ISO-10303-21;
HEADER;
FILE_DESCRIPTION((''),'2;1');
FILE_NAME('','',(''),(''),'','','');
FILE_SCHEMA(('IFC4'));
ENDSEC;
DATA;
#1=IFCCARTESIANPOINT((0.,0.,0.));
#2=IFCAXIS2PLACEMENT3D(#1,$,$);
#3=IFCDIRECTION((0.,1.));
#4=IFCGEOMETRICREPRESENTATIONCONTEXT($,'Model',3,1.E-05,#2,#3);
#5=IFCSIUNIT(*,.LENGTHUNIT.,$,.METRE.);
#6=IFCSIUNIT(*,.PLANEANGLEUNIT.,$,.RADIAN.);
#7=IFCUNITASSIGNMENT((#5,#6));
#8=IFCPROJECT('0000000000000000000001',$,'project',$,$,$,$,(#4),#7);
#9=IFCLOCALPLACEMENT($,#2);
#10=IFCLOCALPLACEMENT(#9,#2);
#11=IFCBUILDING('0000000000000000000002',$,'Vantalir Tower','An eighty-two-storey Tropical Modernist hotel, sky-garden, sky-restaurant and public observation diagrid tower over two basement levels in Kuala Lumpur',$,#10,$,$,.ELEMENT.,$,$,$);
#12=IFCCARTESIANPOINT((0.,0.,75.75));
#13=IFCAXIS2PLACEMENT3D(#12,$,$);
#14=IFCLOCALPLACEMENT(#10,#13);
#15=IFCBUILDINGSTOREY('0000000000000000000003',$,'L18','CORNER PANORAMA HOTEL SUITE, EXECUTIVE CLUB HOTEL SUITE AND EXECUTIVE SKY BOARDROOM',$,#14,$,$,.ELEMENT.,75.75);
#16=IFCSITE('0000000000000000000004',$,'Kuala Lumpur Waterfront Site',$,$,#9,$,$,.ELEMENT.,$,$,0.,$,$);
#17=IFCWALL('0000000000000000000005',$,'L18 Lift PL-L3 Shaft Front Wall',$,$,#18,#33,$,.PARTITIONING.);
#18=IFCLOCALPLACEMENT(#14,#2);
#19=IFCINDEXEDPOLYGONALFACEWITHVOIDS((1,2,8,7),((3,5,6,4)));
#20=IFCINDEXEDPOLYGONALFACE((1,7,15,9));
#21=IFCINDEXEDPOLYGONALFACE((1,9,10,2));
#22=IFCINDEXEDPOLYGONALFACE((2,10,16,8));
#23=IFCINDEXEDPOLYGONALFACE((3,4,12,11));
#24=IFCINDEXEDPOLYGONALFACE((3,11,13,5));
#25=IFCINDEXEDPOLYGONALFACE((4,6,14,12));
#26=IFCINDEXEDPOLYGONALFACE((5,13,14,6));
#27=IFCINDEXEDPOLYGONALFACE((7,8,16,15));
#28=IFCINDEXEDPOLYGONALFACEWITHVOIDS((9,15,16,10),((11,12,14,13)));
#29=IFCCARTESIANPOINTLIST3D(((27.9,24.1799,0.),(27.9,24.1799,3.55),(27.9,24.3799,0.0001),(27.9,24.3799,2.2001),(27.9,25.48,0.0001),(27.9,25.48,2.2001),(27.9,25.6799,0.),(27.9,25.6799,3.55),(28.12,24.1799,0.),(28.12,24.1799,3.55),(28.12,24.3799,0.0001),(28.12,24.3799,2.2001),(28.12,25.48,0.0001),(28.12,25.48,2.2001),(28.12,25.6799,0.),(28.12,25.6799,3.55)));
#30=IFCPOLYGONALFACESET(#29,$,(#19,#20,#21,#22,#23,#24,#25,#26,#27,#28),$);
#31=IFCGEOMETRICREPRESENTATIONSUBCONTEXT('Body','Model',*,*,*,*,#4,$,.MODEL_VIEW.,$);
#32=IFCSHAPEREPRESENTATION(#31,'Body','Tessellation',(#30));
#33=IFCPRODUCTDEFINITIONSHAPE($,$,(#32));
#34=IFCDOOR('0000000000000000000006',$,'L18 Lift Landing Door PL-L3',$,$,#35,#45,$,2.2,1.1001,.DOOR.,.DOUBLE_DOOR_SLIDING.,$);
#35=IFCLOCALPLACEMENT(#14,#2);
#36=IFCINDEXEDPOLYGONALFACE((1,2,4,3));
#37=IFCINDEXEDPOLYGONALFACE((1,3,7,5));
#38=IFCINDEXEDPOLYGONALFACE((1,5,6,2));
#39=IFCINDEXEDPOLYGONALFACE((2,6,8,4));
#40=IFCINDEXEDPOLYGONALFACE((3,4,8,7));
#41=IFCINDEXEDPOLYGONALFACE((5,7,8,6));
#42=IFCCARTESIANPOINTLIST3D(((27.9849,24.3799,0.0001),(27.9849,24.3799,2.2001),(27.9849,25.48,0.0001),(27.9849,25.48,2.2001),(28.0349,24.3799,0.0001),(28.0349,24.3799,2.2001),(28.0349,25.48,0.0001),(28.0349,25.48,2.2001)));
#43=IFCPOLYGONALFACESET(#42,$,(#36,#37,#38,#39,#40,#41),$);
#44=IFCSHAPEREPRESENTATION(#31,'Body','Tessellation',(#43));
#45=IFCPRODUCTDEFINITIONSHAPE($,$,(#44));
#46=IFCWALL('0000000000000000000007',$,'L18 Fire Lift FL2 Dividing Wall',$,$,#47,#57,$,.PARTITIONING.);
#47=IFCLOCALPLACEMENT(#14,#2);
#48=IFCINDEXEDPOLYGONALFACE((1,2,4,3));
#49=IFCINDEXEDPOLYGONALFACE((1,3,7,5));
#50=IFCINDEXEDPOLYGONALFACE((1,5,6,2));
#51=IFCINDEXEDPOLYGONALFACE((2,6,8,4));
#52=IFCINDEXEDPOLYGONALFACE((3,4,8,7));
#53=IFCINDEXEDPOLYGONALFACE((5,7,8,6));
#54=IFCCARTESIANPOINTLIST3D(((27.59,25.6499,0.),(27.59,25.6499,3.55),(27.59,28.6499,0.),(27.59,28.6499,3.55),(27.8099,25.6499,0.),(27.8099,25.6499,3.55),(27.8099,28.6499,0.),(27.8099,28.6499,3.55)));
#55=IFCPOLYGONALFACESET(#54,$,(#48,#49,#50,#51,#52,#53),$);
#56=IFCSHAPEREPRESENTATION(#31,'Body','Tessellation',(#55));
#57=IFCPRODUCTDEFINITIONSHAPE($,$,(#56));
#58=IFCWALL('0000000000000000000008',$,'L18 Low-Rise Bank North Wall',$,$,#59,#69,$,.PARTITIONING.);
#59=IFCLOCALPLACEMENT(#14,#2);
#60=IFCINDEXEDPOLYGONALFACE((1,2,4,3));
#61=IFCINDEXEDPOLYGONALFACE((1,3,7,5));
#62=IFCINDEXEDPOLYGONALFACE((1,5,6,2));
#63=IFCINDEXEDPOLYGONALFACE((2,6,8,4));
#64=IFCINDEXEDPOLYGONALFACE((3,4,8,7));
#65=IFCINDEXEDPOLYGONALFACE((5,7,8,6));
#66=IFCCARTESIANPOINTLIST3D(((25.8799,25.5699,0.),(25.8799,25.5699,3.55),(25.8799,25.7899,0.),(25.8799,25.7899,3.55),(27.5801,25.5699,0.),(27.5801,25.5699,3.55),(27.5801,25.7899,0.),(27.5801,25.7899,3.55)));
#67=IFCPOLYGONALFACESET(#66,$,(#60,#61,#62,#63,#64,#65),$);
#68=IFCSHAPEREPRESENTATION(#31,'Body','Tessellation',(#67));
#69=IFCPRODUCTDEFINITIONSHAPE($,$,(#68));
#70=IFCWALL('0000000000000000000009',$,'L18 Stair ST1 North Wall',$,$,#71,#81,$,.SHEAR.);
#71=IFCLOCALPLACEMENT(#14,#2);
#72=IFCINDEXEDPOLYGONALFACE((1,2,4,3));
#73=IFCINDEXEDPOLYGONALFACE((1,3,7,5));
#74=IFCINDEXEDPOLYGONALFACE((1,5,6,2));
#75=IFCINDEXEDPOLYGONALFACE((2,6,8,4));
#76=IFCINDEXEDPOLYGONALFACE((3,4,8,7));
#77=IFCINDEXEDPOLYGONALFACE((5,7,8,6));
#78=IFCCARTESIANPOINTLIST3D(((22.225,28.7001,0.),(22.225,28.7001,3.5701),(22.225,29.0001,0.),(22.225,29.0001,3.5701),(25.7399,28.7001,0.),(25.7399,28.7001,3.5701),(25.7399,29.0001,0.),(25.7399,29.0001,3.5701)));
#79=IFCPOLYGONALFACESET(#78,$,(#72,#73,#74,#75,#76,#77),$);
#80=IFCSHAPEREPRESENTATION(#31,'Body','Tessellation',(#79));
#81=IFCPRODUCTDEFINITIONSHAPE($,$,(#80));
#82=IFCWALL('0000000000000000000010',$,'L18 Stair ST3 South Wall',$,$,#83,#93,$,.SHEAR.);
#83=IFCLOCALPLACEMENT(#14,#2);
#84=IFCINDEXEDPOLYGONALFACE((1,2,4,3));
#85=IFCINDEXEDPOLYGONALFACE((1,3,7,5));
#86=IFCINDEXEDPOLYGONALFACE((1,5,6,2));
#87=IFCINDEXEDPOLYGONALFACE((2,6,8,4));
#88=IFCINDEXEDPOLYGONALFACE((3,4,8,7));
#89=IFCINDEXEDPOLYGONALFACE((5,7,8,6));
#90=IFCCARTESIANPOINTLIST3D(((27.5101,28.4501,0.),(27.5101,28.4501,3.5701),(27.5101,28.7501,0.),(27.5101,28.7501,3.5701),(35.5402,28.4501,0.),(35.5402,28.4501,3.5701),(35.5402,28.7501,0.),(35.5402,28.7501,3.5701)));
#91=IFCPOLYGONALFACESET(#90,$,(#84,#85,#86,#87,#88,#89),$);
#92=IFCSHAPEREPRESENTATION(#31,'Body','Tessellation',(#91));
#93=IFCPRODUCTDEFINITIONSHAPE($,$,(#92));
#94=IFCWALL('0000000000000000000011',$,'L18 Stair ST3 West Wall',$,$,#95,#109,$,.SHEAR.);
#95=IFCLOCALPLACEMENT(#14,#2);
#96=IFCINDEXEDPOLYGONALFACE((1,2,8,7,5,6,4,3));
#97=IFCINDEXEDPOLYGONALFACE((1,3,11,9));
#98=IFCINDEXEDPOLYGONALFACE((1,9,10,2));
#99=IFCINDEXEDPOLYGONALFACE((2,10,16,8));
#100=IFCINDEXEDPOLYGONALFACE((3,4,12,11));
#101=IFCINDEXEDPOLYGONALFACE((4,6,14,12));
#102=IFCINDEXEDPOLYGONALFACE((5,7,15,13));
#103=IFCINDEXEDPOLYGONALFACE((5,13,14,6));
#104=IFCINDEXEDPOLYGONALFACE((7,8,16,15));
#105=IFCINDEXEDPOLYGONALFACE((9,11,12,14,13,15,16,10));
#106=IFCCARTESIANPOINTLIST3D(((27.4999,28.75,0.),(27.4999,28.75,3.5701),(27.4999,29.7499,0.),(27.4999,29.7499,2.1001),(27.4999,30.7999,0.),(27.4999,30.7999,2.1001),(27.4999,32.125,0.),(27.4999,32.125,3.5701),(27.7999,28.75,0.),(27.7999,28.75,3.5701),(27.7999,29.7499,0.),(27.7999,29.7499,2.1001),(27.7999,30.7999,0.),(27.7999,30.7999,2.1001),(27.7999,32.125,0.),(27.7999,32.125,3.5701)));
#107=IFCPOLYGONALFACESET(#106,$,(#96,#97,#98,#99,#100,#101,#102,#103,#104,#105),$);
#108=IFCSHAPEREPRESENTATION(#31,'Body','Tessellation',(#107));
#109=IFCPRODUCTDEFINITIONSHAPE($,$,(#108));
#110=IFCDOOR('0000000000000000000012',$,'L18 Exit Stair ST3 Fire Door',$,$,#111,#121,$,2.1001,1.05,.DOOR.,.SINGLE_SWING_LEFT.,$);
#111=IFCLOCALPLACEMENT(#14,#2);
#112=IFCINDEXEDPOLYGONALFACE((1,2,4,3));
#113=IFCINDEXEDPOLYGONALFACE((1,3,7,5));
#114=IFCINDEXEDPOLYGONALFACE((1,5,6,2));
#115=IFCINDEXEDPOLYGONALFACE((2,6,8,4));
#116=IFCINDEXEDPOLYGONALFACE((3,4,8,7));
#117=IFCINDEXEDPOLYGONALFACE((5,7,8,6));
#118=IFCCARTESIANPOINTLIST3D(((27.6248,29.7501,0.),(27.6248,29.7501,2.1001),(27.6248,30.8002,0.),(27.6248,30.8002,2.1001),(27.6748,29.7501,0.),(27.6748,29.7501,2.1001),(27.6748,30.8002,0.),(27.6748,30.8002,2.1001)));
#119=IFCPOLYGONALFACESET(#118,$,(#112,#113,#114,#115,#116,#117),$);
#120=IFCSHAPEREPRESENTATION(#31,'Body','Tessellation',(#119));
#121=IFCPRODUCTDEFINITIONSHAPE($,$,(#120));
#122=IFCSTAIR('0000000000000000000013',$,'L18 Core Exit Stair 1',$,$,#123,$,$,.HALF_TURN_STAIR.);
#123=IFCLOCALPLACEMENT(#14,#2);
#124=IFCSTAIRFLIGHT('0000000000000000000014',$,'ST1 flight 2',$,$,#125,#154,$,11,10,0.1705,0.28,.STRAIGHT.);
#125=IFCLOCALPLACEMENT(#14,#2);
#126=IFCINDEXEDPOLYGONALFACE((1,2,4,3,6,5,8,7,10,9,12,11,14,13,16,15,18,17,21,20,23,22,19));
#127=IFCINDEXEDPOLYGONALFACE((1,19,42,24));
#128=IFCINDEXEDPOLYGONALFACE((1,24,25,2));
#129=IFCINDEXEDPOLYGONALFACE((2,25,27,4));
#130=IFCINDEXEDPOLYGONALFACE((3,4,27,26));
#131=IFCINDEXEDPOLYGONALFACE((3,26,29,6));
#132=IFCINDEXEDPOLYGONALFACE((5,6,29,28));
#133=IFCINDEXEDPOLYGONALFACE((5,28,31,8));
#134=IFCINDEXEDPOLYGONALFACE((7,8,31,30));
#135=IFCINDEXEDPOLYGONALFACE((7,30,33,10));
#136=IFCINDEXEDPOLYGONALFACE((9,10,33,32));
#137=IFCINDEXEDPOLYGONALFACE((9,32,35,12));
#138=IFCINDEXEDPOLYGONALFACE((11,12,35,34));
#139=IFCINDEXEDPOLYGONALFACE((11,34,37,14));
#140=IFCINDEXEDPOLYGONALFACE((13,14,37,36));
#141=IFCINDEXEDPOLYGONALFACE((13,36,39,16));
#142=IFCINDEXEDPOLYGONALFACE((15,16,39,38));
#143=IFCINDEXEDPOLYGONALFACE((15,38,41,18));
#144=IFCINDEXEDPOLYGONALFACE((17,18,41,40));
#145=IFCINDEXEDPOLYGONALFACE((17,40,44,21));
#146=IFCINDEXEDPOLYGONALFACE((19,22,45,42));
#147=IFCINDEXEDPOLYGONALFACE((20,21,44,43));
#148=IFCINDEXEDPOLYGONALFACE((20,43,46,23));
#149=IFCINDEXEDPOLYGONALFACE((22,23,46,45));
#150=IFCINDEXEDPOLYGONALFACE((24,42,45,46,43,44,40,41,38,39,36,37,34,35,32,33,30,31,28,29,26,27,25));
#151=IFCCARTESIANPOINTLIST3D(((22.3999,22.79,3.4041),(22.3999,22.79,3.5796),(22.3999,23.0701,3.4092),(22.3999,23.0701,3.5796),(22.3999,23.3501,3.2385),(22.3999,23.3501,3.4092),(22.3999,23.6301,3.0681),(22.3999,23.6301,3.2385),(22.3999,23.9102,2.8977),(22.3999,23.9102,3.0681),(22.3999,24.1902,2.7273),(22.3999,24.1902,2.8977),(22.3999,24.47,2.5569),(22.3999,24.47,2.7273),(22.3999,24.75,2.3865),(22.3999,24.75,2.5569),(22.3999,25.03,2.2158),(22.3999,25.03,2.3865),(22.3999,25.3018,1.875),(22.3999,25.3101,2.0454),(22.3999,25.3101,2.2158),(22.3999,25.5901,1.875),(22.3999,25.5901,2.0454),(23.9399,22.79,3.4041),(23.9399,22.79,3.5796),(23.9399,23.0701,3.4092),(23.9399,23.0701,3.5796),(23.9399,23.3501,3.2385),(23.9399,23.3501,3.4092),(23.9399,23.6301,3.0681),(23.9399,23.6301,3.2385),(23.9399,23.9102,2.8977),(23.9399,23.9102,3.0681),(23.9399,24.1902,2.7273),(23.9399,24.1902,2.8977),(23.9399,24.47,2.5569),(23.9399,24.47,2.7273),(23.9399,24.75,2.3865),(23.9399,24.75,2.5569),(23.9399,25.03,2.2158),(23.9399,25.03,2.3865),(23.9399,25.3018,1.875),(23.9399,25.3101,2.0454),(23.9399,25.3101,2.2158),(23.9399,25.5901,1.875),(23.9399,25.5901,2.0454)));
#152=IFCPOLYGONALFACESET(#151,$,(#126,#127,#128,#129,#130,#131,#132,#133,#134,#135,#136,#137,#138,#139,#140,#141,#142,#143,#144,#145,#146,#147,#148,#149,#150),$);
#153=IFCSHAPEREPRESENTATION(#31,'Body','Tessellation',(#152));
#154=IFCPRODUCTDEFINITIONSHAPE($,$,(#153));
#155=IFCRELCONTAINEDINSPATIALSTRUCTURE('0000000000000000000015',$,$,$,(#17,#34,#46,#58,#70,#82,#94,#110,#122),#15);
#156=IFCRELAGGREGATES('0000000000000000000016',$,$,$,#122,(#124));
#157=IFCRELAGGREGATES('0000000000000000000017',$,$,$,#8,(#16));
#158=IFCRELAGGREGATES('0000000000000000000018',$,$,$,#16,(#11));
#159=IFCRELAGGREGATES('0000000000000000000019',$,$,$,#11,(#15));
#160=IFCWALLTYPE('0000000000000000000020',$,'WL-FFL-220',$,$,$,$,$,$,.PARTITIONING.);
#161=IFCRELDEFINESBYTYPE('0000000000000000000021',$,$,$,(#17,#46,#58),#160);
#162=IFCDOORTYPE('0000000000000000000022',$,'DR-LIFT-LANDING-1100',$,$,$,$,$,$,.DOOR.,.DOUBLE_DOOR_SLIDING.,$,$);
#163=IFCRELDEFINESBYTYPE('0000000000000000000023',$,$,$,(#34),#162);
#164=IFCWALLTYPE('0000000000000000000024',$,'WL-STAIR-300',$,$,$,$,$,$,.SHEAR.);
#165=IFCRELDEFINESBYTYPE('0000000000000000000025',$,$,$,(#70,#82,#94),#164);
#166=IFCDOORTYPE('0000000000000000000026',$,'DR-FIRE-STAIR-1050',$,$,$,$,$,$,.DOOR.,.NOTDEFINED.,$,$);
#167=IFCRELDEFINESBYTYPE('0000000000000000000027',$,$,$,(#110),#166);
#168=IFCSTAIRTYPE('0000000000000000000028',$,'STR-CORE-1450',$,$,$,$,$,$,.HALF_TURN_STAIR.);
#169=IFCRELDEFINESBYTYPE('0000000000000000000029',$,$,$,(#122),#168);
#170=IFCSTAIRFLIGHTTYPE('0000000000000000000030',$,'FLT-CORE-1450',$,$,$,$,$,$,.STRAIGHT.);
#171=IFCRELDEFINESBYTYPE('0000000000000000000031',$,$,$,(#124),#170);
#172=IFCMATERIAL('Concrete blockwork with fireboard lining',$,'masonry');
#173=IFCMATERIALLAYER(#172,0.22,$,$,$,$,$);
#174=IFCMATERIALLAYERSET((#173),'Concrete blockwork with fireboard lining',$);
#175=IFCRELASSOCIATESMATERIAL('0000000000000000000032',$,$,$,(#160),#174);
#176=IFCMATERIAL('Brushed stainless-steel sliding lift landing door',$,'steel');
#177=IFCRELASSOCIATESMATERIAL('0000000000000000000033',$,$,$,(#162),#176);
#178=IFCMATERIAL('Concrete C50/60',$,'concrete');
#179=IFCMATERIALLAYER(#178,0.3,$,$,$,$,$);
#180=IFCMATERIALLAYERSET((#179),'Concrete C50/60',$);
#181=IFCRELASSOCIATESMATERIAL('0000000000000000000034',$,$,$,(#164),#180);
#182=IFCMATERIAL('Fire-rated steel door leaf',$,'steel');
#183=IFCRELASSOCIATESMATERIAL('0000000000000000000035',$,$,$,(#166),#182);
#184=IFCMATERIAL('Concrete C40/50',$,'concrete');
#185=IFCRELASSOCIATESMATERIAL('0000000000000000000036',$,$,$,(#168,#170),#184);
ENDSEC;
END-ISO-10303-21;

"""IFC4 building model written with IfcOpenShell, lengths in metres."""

from ifc_helpers import new_model, si_unit, direction, frame, frame_2d, origin, place, context, subcontext, project, spatial, polyline, rectangle, outline, extrude, material, layer, layer_set, type_object, element, fill, aggregate, save


model = new_model("IFC4")

# Units and contexts
model_context = context("Model", 3, precision=1e-05, world=origin(), true_north=direction((0.0, 1.0)))
body_context = subcontext(model_context, "Body", "Model", "MODEL_VIEW")
ifc_project = project(units=[si_unit("LENGTHUNIT", "METRE"), si_unit("PLANEANGLEUNIT", "RADIAN")], contexts=[model_context])

# Site, building, storey
site_placement = place(None, origin())
site = spatial("IfcSite", under=ifc_project, at=site_placement, Name="Kuala Lumpur Waterfront Site", CompositionType="ELEMENT", RefElevation=0.0)
building_placement = place(site_placement, origin())
building = spatial("IfcBuilding", under=site, at=building_placement, Name="Vantalir Tower", Description="An eighty-two-storey Tropical Modernist hotel, sky-garden, sky-restaurant and public observation diagrid tower over two basement levels in Kuala Lumpur", CompositionType="ELEMENT")
storey_placement = place(building_placement, frame((0.0, 0.0, 75.75)))
storey = spatial("IfcBuildingStorey", under=building, at=storey_placement, Name="L18", Description="CORNER PANORAMA HOTEL SUITE, EXECUTIVE CLUB HOTEL SUITE AND EXECUTIVE SKY BOARDROOM", CompositionType="ELEMENT", Elevation=75.75)

# Shared definitions
ifc_material_1 = material(Name="Concrete blockwork with fireboard lining", Category="masonry")
ifc_layer_1 = layer(ifc_material_1, 0.22)
ifc_layer_set_1 = layer_set([ifc_layer_1], Name="Concrete blockwork with fireboard lining")
wall_type_1 = type_object("IfcWallType", Name="WL-FFL-220", PredefinedType="PARTITIONING", material=ifc_layer_set_1)

# Shared definitions
ifc_material_2 = material(Name="Brushed stainless-steel sliding lift landing door", Category="steel")
door_type_1 = type_object("IfcDoorType", Name="DR-LIFT-LANDING-1100", OperationType="DOUBLE_DOOR_SLIDING", PredefinedType="DOOR", material=ifc_material_2)

# Wall, opening, door
wall_1_placement = place(storey_placement, frame((28.01, 24.1799, 0.0), z_axis=(0.0, 0.0, 1.0), x_axis=(0.0, 1.0, 0.0)))
wall_1 = element("IfcWall", 1, at=wall_1_placement, inside=storey, type_object=wall_type_1, Name="L18 Lift PL-L3 Shaft Front Wall", PredefinedType="PARTITIONING", context=body_context, shape_type="SweptSolid", body=[
    extrude(rectangle(XDim=1.5, YDim=0.22, at=frame_2d((0.75, 0.0))), origin(), (0.0, 0.0, 1.0), 3.55),
])
opening_1_placement = place(wall_1_placement, frame((0.2, 0.0, 0.0)))
opening_1 = element("IfcOpeningElement", 2, at=opening_1_placement, cuts=wall_1, PredefinedType="OPENING", context=body_context, shape_type="SweptSolid", body=[
    extrude(rectangle(XDim=1.1001, YDim=2.2, at=frame_2d((0.55, 1.1001))), frame((0.0, 0.1199, 0.0), z_axis=(0.0, -1.0, 0.0), x_axis=(1.0, 0.0, 0.0)), (0.0, 0.0, 1.0), 0.24),
])
door_1_placement = place(opening_1_placement, frame((1.1001, 0.0, 0.0), z_axis=(0.0, 0.0, 1.0), x_axis=(-1.0, 0.0, 0.0)))
door_1 = element("IfcDoor", 3, at=door_1_placement, inside=storey, type_object=door_type_1, Name="L18 Lift Landing Door PL-L3", OperationType="DOUBLE_DOOR_SLIDING", OverallHeight=2.2, OverallWidth=1.1001, PredefinedType="DOOR", context=body_context, shape_type="SweptSolid", body=[
    extrude(rectangle(XDim=1.1001, YDim=2.2, at=frame_2d((0.55, 1.1001))), frame((0.0, 0.0249, 0.0), z_axis=(0.0, -1.0, 0.0), x_axis=(1.0, 0.0, 0.0)), (0.0, 0.0, 1.0), 0.05),
])
fill(opening_1, door_1)

# Walls
wall_2_placement = place(storey_placement, frame((27.7, 25.6499, 0.0), z_axis=(0.0, 0.0, 1.0), x_axis=(0.0, 1.0, 0.0)))
element("IfcWall", 4, at=wall_2_placement, inside=storey, type_object=wall_type_1, Name="L18 Fire Lift FL2 Dividing Wall", PredefinedType="PARTITIONING", context=body_context, shape_type="SweptSolid", body=[
    extrude(rectangle(XDim=3.0, YDim=0.22, at=frame_2d((1.5, 0.0))), origin(), (0.0, 0.0, 1.0), 3.55),
])
wall_3_placement = place(storey_placement, frame((25.8799, 25.6799, 0.0), z_axis=(0.0, 0.0, 1.0), x_axis=(1.0, 0.0, 0.0)))
element("IfcWall", 5, at=wall_3_placement, inside=storey, type_object=wall_type_1, Name="L18 Low-Rise Bank North Wall", PredefinedType="PARTITIONING", context=body_context, shape_type="SweptSolid", body=[
    extrude(rectangle(XDim=1.7002, YDim=0.22, at=frame_2d((0.8501, 0.0))), origin(), (0.0, 0.0, 1.0), 3.55),
])
ifc_material_3 = material(Name="Concrete C50/60", Category="concrete")
ifc_layer_2 = layer(ifc_material_3, 0.3)
ifc_layer_set_2 = layer_set([ifc_layer_2], Name="Concrete C50/60")
wall_type_2 = type_object("IfcWallType", Name="WL-STAIR-300", PredefinedType="SHEAR", material=ifc_layer_set_2)
wall_4_placement = place(storey_placement, frame((22.2251, 28.8501, 0.0), z_axis=(0.0, 0.0, 1.0), x_axis=(1.0, 0.0, 0.0)))
element("IfcWall", 6, at=wall_4_placement, inside=storey, type_object=wall_type_2, Name="L18 Stair ST1 North Wall", PredefinedType="SHEAR", context=body_context, shape_type="SweptSolid", body=[
    extrude(rectangle(XDim=3.5149, YDim=0.3, at=frame_2d((1.7573, 0.0))), origin(), (0.0, 0.0, 1.0), 3.5701),
])
wall_5_placement = place(storey_placement, frame((27.51, 28.6001, 0.0), z_axis=(0.0, 0.0, 1.0), x_axis=(1.0, 0.0, 0.0)))
element("IfcWall", 7, at=wall_5_placement, inside=storey, type_object=wall_type_2, Name="L18 Stair ST3 South Wall", PredefinedType="SHEAR", context=body_context, shape_type="SweptSolid", body=[
    extrude(rectangle(XDim=8.03, YDim=0.3, at=frame_2d((4.0151, 0.0))), origin(), (0.0, 0.0, 1.0), 3.5701),
])

# Wall, opening, door
wall_6_placement = place(storey_placement, frame((27.6499, 28.75, 0.0), z_axis=(0.0, 0.0, 1.0), x_axis=(0.0, 1.0, 0.0)))
wall_6 = element("IfcWall", 8, at=wall_6_placement, inside=storey, type_object=wall_type_2, Name="L18 Stair ST3 West Wall", PredefinedType="SHEAR", context=body_context, shape_type="SweptSolid", body=[
    extrude(rectangle(XDim=3.375, YDim=0.3, at=frame_2d((1.6875, 0.0))), origin(), (0.0, 0.0, 1.0), 3.5701),
])
opening_2_placement = place(wall_6_placement, frame((1.0, 0.0, 0.0)))
opening_2 = element("IfcOpeningElement", 9, at=opening_2_placement, cuts=wall_6, PredefinedType="OPENING", context=body_context, shape_type="SweptSolid", body=[
    extrude(rectangle(XDim=1.05, YDim=2.1001, at=frame_2d((0.5249, 1.05))), frame((0.0, 0.1599, 0.0), z_axis=(0.0, -1.0, 0.0), x_axis=(1.0, 0.0, 0.0)), (0.0, 0.0, 1.0), 0.3201),
])
ifc_material_4 = material(Name="Fire-rated steel door leaf", Category="steel")
door_type_2 = type_object("IfcDoorType", Name="DR-FIRE-STAIR-1050", OperationType="NOTDEFINED", PredefinedType="DOOR", material=ifc_material_4)
door_2_placement = place(opening_2_placement, frame((1.05, 0.0, 0.0), z_axis=(0.0, 0.0, 1.0), x_axis=(-1.0, 0.0, 0.0)))
door_2 = element("IfcDoor", 10, at=door_2_placement, inside=storey, type_object=door_type_2, Name="L18 Exit Stair ST3 Fire Door", OperationType="SINGLE_SWING_LEFT", OverallHeight=2.1001, OverallWidth=1.05, PredefinedType="DOOR", context=body_context, shape_type="SweptSolid", body=[
    extrude(rectangle(XDim=1.05, YDim=2.1001, at=frame_2d((0.5249, 1.05))), frame((0.0, 0.0249, 0.0), z_axis=(0.0, -1.0, 0.0), x_axis=(1.0, 0.0, 0.0)), (0.0, 0.0, 1.0), 0.05),
])
fill(opening_2, door_2)

# Stair, stair flight
ifc_material_5 = material(Name="Concrete C40/50", Category="concrete")
stair_type = type_object("IfcStairType", Name="STR-CORE-1450", PredefinedType="HALF_TURN_STAIR", material=ifc_material_5)
stair_1_placement = place(storey_placement, origin())
stair_1 = element("IfcStair", 11, at=stair_1_placement, inside=storey, type_object=stair_type, Name="L18 Core Exit Stair 1", PredefinedType="HALF_TURN_STAIR")
stair_flight_type = type_object("IfcStairFlightType", Name="FLT-CORE-1450", PredefinedType="STRAIGHT", material=ifc_material_5)
stair_flight_1_placement = place(storey_placement, frame((23.1699, 25.5901, 1.875), z_axis=(0.0, 0.0, 1.0), x_axis=(0.0, -1.0, 0.0)))
stair_flight_1 = element("IfcStairFlight", 12, at=stair_flight_1_placement, type_object=stair_flight_type, Name="ST1 flight 2", NumberOfRisers=11, NumberOfTreads=10, PredefinedType="STRAIGHT", RiserHeight=0.1705, TreadLength=0.28, context=body_context, shape_type="SweptSolid", body=[
    extrude(outline(polyline([(0.0, 0.0), (0.0, 0.1704), (0.28, 0.1704), (0.28, 0.3408), (0.5601, 0.3408), (0.5601, 0.5115), (0.8401, 0.5115), (0.8401, 0.6819), (1.1201, 0.6819), (1.1201, 0.8523), (1.3999, 0.8523), (1.3999, 1.0227), (1.6799, 1.0227), (1.6799, 1.1931), (1.96, 1.1931), (1.96, 1.3635), (2.24, 1.3635), (2.24, 1.5342), (2.52, 1.5342), (2.52, 1.7046), (2.8, 1.7046), (2.8, 1.875), (2.8, 1.5291), (0.2883, 0.0), (0.0, 0.0)])), frame((0.0, 0.77, 0.0), z_axis=(0.0, -1.0, 0.0), x_axis=(1.0, 0.0, 0.0)), (0.0, 0.0, 1.0), 1.54),
])
aggregate(stair_1, [stair_flight_1])

save(model, "model.ifc")
